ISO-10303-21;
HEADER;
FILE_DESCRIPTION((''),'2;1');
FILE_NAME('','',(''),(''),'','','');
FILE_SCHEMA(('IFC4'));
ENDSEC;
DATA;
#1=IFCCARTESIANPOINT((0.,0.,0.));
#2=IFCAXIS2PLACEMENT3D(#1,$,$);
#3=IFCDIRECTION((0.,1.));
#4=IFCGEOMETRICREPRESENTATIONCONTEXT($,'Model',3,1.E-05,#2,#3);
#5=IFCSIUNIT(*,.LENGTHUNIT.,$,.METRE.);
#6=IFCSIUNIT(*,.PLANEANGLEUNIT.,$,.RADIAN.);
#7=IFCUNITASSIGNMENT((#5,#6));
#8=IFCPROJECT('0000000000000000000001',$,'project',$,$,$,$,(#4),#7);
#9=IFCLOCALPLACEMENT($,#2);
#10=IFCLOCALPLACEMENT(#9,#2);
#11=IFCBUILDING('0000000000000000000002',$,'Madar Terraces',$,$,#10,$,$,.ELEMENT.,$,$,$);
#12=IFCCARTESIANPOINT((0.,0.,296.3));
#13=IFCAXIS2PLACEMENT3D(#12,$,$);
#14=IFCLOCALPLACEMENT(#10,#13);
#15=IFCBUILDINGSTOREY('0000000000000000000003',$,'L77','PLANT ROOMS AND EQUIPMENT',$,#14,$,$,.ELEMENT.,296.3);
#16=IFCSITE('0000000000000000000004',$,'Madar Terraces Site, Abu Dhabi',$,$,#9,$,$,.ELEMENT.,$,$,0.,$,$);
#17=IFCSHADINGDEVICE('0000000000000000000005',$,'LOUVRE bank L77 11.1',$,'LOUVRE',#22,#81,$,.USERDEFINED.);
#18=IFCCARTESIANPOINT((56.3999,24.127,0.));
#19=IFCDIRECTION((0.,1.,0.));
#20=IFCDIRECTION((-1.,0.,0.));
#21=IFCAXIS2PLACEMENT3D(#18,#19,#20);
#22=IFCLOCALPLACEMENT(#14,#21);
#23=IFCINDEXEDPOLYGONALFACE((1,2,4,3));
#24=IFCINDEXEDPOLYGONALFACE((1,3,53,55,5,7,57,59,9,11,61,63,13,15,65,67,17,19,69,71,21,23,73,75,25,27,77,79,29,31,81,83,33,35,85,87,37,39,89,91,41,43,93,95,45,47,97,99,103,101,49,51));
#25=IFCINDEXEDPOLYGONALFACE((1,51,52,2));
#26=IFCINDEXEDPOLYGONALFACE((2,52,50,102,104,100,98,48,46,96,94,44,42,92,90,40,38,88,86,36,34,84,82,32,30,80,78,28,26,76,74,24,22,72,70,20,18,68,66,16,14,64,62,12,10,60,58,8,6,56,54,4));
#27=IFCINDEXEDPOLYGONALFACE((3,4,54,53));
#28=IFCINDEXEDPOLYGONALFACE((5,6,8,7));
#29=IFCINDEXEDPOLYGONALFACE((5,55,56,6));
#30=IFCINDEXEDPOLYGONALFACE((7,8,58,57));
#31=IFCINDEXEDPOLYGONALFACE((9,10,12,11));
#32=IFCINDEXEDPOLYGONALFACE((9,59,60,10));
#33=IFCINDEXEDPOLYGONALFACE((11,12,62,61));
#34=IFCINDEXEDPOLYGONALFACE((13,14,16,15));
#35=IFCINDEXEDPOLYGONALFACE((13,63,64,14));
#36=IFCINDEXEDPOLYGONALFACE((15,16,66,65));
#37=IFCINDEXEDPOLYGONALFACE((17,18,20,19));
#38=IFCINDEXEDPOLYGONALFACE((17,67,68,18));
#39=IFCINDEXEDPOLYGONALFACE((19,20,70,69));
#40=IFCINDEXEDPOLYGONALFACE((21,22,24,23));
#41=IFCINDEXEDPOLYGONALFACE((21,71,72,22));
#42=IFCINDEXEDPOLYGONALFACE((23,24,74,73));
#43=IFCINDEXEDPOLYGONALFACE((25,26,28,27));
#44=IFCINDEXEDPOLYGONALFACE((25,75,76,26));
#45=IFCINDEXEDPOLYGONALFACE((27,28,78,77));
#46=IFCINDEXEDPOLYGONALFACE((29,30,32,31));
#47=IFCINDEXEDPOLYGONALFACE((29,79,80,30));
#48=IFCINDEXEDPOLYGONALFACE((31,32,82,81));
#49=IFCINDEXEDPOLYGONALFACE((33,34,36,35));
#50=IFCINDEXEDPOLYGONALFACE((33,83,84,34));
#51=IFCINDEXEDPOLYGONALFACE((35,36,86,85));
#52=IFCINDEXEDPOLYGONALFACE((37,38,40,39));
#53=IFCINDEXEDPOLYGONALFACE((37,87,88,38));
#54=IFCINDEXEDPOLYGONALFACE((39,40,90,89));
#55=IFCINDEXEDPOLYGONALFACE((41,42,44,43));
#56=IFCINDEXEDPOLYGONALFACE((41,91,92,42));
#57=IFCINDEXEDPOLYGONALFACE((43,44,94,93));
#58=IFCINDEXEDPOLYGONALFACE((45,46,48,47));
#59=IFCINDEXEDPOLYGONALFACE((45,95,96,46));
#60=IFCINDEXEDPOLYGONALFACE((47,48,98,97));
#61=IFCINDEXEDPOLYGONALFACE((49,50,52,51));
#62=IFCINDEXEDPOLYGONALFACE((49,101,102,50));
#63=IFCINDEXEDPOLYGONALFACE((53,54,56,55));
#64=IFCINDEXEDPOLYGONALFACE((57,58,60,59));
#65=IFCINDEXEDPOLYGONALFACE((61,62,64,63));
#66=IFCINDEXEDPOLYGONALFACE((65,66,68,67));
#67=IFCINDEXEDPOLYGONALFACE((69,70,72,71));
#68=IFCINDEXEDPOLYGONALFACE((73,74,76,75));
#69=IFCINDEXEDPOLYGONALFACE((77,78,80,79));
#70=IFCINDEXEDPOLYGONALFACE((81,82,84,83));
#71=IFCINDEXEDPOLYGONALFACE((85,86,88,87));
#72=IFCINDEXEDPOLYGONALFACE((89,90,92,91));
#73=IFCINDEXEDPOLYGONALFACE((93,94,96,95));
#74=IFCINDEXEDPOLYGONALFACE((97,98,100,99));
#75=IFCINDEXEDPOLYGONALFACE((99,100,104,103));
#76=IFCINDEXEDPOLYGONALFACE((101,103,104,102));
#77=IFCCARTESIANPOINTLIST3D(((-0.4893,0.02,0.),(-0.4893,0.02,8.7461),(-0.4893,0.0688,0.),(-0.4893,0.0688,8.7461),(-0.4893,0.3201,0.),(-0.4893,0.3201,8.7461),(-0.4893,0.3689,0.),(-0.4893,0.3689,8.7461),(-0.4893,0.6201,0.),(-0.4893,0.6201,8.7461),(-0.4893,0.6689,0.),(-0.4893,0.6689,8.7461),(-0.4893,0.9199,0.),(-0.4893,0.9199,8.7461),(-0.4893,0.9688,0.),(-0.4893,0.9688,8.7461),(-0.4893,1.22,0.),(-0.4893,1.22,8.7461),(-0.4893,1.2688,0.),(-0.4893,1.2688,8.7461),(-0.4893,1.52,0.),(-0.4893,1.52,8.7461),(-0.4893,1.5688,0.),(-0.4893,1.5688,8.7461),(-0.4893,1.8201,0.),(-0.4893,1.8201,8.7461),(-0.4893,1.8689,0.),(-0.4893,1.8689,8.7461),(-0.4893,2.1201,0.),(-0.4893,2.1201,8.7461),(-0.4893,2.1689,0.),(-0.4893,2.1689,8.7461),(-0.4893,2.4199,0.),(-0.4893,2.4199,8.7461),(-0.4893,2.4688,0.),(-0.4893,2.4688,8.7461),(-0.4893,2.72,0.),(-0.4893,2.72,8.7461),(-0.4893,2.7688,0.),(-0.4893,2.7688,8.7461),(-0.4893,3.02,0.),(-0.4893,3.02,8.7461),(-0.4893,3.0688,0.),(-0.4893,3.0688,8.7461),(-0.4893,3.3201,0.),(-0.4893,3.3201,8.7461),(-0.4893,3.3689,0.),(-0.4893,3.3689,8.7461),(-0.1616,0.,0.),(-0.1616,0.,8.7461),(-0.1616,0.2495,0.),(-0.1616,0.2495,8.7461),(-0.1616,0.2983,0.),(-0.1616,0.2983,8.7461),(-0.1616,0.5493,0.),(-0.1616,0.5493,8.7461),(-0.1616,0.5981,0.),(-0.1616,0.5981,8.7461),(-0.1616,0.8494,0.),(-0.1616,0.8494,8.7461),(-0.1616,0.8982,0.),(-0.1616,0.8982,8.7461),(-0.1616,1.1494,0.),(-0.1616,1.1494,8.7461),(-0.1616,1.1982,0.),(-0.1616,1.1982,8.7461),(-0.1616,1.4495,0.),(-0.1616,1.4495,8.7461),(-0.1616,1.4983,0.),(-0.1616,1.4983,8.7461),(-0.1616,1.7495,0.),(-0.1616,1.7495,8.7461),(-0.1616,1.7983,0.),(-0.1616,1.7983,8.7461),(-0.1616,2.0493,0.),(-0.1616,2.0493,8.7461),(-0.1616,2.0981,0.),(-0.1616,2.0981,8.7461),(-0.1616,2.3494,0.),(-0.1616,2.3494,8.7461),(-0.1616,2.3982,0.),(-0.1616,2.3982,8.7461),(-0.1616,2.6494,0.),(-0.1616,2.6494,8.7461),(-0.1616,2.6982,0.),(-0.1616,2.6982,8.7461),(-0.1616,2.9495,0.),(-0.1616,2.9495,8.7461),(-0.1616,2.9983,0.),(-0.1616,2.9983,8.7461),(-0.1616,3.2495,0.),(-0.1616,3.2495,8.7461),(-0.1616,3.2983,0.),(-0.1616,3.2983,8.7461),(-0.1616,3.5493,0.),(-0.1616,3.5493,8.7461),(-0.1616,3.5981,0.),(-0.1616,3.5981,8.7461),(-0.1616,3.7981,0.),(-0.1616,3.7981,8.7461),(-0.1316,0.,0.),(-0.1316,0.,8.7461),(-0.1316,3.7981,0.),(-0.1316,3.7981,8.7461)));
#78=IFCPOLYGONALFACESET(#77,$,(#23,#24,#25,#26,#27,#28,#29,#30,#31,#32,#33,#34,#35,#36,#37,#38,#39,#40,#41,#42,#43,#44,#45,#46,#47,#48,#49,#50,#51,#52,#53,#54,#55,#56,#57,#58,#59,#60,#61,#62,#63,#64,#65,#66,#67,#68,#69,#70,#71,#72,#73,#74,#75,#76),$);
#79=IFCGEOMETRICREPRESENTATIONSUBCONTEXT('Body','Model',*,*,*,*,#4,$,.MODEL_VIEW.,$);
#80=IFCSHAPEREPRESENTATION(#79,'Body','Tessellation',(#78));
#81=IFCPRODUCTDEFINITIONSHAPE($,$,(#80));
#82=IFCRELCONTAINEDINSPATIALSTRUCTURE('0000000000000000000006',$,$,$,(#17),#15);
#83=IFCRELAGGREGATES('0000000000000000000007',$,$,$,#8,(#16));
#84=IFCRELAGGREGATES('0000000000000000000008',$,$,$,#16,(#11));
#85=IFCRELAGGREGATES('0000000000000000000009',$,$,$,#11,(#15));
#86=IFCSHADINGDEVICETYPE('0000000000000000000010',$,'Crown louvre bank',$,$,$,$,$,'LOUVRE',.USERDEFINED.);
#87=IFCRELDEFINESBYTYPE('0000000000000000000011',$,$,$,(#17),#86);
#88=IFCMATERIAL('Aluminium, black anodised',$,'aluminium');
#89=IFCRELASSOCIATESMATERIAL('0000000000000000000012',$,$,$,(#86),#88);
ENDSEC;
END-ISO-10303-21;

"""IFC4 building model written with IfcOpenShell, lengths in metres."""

from ifc_helpers import new_model, si_unit, direction, frame, origin, place, context, subcontext, project, spatial, polyline, outline, extrude, material, type_object, element, save


model = new_model("IFC4")

# Units and contexts
model_context = context("Model", 3, precision=1e-05, world=origin(), true_north=direction((0.0, 1.0)))
body_context = subcontext(model_context, "Body", "Model", "MODEL_VIEW")
ifc_project = project(units=[si_unit("LENGTHUNIT", "METRE"), si_unit("PLANEANGLEUNIT", "RADIAN")], contexts=[model_context])

# Site, building, storey
site_placement = place(None, origin())
site = spatial("IfcSite", under=ifc_project, at=site_placement, Name="Madar Terraces Site, Abu Dhabi", CompositionType="ELEMENT", RefElevation=0.0)
building_placement = place(site_placement, origin())
building = spatial("IfcBuilding", under=site, at=building_placement, Name="Madar Terraces", CompositionType="ELEMENT")
storey_placement = place(building_placement, frame((0.0, 0.0, 296.3)))
storey = spatial("IfcBuildingStorey", under=building, at=storey_placement, Name="L77", Description="PLANT ROOMS AND EQUIPMENT", CompositionType="ELEMENT", Elevation=296.3)

# Shading device
ifc_material_1 = material(Name="Aluminium, black anodised", Category="aluminium")
shading_device_type = type_object("IfcShadingDeviceType", Name="Crown louvre bank", ElementType="LOUVRE", PredefinedType="USERDEFINED", material=ifc_material_1)
shading_device_1_placement = place(storey_placement, frame((56.3999, 24.127, 0.0), z_axis=(0.0, 1.0, 0.0), x_axis=(-1.0, 0.0, 0.0)))
element("IfcShadingDevice", 1, at=shading_device_1_placement, inside=storey, type_object=shading_device_type, Name="LOUVRE bank L77 11.1", ObjectType="LOUVRE", PredefinedType="USERDEFINED", context=body_context, shape_type="SweptSolid", body=[
    extrude(outline(polyline([(-0.1316, 0.0), (-0.1616, 0.0), (-0.1616, 0.2495), (-0.4893, 0.02), (-0.4893, 0.0688), (-0.1616, 0.2983), (-0.1616, 0.5493), (-0.4893, 0.3201), (-0.4893, 0.3689), (-0.1616, 0.5981), (-0.1616, 0.8494), (-0.4893, 0.6201), (-0.4893, 0.6689), (-0.1616, 0.8982), (-0.1616, 1.1494), (-0.4893, 0.9199), (-0.4893, 0.9688), (-0.1616, 1.1982), (-0.1616, 1.4495), (-0.4893, 1.22), (-0.4893, 1.2688), (-0.1616, 1.4983), (-0.1616, 1.7495), (-0.4893, 1.52), (-0.4893, 1.5688), (-0.1616, 1.7983), (-0.1616, 2.0493), (-0.4893, 1.8201), (-0.4893, 1.8689), (-0.1616, 2.0981), (-0.1616, 2.3494), (-0.4893, 2.1201), (-0.4893, 2.1689), (-0.1616, 2.3982), (-0.1616, 2.6494), (-0.4893, 2.4199), (-0.4893, 2.4688), (-0.1616, 2.6982), (-0.1616, 2.9495), (-0.4893, 2.72), (-0.4893, 2.7688), (-0.1616, 2.9983), (-0.1616, 3.2495), (-0.4893, 3.02), (-0.4893, 3.0688), (-0.1616, 3.2983), (-0.1616, 3.5493), (-0.4893, 3.3201), (-0.4893, 3.3689), (-0.1616, 3.5981), (-0.1616, 3.7981), (-0.1316, 3.7981), (-0.1316, 0.0)])), origin(), (0.0, 0.0, 1.0), 8.7461),
])

save(model, "model.ifc")
